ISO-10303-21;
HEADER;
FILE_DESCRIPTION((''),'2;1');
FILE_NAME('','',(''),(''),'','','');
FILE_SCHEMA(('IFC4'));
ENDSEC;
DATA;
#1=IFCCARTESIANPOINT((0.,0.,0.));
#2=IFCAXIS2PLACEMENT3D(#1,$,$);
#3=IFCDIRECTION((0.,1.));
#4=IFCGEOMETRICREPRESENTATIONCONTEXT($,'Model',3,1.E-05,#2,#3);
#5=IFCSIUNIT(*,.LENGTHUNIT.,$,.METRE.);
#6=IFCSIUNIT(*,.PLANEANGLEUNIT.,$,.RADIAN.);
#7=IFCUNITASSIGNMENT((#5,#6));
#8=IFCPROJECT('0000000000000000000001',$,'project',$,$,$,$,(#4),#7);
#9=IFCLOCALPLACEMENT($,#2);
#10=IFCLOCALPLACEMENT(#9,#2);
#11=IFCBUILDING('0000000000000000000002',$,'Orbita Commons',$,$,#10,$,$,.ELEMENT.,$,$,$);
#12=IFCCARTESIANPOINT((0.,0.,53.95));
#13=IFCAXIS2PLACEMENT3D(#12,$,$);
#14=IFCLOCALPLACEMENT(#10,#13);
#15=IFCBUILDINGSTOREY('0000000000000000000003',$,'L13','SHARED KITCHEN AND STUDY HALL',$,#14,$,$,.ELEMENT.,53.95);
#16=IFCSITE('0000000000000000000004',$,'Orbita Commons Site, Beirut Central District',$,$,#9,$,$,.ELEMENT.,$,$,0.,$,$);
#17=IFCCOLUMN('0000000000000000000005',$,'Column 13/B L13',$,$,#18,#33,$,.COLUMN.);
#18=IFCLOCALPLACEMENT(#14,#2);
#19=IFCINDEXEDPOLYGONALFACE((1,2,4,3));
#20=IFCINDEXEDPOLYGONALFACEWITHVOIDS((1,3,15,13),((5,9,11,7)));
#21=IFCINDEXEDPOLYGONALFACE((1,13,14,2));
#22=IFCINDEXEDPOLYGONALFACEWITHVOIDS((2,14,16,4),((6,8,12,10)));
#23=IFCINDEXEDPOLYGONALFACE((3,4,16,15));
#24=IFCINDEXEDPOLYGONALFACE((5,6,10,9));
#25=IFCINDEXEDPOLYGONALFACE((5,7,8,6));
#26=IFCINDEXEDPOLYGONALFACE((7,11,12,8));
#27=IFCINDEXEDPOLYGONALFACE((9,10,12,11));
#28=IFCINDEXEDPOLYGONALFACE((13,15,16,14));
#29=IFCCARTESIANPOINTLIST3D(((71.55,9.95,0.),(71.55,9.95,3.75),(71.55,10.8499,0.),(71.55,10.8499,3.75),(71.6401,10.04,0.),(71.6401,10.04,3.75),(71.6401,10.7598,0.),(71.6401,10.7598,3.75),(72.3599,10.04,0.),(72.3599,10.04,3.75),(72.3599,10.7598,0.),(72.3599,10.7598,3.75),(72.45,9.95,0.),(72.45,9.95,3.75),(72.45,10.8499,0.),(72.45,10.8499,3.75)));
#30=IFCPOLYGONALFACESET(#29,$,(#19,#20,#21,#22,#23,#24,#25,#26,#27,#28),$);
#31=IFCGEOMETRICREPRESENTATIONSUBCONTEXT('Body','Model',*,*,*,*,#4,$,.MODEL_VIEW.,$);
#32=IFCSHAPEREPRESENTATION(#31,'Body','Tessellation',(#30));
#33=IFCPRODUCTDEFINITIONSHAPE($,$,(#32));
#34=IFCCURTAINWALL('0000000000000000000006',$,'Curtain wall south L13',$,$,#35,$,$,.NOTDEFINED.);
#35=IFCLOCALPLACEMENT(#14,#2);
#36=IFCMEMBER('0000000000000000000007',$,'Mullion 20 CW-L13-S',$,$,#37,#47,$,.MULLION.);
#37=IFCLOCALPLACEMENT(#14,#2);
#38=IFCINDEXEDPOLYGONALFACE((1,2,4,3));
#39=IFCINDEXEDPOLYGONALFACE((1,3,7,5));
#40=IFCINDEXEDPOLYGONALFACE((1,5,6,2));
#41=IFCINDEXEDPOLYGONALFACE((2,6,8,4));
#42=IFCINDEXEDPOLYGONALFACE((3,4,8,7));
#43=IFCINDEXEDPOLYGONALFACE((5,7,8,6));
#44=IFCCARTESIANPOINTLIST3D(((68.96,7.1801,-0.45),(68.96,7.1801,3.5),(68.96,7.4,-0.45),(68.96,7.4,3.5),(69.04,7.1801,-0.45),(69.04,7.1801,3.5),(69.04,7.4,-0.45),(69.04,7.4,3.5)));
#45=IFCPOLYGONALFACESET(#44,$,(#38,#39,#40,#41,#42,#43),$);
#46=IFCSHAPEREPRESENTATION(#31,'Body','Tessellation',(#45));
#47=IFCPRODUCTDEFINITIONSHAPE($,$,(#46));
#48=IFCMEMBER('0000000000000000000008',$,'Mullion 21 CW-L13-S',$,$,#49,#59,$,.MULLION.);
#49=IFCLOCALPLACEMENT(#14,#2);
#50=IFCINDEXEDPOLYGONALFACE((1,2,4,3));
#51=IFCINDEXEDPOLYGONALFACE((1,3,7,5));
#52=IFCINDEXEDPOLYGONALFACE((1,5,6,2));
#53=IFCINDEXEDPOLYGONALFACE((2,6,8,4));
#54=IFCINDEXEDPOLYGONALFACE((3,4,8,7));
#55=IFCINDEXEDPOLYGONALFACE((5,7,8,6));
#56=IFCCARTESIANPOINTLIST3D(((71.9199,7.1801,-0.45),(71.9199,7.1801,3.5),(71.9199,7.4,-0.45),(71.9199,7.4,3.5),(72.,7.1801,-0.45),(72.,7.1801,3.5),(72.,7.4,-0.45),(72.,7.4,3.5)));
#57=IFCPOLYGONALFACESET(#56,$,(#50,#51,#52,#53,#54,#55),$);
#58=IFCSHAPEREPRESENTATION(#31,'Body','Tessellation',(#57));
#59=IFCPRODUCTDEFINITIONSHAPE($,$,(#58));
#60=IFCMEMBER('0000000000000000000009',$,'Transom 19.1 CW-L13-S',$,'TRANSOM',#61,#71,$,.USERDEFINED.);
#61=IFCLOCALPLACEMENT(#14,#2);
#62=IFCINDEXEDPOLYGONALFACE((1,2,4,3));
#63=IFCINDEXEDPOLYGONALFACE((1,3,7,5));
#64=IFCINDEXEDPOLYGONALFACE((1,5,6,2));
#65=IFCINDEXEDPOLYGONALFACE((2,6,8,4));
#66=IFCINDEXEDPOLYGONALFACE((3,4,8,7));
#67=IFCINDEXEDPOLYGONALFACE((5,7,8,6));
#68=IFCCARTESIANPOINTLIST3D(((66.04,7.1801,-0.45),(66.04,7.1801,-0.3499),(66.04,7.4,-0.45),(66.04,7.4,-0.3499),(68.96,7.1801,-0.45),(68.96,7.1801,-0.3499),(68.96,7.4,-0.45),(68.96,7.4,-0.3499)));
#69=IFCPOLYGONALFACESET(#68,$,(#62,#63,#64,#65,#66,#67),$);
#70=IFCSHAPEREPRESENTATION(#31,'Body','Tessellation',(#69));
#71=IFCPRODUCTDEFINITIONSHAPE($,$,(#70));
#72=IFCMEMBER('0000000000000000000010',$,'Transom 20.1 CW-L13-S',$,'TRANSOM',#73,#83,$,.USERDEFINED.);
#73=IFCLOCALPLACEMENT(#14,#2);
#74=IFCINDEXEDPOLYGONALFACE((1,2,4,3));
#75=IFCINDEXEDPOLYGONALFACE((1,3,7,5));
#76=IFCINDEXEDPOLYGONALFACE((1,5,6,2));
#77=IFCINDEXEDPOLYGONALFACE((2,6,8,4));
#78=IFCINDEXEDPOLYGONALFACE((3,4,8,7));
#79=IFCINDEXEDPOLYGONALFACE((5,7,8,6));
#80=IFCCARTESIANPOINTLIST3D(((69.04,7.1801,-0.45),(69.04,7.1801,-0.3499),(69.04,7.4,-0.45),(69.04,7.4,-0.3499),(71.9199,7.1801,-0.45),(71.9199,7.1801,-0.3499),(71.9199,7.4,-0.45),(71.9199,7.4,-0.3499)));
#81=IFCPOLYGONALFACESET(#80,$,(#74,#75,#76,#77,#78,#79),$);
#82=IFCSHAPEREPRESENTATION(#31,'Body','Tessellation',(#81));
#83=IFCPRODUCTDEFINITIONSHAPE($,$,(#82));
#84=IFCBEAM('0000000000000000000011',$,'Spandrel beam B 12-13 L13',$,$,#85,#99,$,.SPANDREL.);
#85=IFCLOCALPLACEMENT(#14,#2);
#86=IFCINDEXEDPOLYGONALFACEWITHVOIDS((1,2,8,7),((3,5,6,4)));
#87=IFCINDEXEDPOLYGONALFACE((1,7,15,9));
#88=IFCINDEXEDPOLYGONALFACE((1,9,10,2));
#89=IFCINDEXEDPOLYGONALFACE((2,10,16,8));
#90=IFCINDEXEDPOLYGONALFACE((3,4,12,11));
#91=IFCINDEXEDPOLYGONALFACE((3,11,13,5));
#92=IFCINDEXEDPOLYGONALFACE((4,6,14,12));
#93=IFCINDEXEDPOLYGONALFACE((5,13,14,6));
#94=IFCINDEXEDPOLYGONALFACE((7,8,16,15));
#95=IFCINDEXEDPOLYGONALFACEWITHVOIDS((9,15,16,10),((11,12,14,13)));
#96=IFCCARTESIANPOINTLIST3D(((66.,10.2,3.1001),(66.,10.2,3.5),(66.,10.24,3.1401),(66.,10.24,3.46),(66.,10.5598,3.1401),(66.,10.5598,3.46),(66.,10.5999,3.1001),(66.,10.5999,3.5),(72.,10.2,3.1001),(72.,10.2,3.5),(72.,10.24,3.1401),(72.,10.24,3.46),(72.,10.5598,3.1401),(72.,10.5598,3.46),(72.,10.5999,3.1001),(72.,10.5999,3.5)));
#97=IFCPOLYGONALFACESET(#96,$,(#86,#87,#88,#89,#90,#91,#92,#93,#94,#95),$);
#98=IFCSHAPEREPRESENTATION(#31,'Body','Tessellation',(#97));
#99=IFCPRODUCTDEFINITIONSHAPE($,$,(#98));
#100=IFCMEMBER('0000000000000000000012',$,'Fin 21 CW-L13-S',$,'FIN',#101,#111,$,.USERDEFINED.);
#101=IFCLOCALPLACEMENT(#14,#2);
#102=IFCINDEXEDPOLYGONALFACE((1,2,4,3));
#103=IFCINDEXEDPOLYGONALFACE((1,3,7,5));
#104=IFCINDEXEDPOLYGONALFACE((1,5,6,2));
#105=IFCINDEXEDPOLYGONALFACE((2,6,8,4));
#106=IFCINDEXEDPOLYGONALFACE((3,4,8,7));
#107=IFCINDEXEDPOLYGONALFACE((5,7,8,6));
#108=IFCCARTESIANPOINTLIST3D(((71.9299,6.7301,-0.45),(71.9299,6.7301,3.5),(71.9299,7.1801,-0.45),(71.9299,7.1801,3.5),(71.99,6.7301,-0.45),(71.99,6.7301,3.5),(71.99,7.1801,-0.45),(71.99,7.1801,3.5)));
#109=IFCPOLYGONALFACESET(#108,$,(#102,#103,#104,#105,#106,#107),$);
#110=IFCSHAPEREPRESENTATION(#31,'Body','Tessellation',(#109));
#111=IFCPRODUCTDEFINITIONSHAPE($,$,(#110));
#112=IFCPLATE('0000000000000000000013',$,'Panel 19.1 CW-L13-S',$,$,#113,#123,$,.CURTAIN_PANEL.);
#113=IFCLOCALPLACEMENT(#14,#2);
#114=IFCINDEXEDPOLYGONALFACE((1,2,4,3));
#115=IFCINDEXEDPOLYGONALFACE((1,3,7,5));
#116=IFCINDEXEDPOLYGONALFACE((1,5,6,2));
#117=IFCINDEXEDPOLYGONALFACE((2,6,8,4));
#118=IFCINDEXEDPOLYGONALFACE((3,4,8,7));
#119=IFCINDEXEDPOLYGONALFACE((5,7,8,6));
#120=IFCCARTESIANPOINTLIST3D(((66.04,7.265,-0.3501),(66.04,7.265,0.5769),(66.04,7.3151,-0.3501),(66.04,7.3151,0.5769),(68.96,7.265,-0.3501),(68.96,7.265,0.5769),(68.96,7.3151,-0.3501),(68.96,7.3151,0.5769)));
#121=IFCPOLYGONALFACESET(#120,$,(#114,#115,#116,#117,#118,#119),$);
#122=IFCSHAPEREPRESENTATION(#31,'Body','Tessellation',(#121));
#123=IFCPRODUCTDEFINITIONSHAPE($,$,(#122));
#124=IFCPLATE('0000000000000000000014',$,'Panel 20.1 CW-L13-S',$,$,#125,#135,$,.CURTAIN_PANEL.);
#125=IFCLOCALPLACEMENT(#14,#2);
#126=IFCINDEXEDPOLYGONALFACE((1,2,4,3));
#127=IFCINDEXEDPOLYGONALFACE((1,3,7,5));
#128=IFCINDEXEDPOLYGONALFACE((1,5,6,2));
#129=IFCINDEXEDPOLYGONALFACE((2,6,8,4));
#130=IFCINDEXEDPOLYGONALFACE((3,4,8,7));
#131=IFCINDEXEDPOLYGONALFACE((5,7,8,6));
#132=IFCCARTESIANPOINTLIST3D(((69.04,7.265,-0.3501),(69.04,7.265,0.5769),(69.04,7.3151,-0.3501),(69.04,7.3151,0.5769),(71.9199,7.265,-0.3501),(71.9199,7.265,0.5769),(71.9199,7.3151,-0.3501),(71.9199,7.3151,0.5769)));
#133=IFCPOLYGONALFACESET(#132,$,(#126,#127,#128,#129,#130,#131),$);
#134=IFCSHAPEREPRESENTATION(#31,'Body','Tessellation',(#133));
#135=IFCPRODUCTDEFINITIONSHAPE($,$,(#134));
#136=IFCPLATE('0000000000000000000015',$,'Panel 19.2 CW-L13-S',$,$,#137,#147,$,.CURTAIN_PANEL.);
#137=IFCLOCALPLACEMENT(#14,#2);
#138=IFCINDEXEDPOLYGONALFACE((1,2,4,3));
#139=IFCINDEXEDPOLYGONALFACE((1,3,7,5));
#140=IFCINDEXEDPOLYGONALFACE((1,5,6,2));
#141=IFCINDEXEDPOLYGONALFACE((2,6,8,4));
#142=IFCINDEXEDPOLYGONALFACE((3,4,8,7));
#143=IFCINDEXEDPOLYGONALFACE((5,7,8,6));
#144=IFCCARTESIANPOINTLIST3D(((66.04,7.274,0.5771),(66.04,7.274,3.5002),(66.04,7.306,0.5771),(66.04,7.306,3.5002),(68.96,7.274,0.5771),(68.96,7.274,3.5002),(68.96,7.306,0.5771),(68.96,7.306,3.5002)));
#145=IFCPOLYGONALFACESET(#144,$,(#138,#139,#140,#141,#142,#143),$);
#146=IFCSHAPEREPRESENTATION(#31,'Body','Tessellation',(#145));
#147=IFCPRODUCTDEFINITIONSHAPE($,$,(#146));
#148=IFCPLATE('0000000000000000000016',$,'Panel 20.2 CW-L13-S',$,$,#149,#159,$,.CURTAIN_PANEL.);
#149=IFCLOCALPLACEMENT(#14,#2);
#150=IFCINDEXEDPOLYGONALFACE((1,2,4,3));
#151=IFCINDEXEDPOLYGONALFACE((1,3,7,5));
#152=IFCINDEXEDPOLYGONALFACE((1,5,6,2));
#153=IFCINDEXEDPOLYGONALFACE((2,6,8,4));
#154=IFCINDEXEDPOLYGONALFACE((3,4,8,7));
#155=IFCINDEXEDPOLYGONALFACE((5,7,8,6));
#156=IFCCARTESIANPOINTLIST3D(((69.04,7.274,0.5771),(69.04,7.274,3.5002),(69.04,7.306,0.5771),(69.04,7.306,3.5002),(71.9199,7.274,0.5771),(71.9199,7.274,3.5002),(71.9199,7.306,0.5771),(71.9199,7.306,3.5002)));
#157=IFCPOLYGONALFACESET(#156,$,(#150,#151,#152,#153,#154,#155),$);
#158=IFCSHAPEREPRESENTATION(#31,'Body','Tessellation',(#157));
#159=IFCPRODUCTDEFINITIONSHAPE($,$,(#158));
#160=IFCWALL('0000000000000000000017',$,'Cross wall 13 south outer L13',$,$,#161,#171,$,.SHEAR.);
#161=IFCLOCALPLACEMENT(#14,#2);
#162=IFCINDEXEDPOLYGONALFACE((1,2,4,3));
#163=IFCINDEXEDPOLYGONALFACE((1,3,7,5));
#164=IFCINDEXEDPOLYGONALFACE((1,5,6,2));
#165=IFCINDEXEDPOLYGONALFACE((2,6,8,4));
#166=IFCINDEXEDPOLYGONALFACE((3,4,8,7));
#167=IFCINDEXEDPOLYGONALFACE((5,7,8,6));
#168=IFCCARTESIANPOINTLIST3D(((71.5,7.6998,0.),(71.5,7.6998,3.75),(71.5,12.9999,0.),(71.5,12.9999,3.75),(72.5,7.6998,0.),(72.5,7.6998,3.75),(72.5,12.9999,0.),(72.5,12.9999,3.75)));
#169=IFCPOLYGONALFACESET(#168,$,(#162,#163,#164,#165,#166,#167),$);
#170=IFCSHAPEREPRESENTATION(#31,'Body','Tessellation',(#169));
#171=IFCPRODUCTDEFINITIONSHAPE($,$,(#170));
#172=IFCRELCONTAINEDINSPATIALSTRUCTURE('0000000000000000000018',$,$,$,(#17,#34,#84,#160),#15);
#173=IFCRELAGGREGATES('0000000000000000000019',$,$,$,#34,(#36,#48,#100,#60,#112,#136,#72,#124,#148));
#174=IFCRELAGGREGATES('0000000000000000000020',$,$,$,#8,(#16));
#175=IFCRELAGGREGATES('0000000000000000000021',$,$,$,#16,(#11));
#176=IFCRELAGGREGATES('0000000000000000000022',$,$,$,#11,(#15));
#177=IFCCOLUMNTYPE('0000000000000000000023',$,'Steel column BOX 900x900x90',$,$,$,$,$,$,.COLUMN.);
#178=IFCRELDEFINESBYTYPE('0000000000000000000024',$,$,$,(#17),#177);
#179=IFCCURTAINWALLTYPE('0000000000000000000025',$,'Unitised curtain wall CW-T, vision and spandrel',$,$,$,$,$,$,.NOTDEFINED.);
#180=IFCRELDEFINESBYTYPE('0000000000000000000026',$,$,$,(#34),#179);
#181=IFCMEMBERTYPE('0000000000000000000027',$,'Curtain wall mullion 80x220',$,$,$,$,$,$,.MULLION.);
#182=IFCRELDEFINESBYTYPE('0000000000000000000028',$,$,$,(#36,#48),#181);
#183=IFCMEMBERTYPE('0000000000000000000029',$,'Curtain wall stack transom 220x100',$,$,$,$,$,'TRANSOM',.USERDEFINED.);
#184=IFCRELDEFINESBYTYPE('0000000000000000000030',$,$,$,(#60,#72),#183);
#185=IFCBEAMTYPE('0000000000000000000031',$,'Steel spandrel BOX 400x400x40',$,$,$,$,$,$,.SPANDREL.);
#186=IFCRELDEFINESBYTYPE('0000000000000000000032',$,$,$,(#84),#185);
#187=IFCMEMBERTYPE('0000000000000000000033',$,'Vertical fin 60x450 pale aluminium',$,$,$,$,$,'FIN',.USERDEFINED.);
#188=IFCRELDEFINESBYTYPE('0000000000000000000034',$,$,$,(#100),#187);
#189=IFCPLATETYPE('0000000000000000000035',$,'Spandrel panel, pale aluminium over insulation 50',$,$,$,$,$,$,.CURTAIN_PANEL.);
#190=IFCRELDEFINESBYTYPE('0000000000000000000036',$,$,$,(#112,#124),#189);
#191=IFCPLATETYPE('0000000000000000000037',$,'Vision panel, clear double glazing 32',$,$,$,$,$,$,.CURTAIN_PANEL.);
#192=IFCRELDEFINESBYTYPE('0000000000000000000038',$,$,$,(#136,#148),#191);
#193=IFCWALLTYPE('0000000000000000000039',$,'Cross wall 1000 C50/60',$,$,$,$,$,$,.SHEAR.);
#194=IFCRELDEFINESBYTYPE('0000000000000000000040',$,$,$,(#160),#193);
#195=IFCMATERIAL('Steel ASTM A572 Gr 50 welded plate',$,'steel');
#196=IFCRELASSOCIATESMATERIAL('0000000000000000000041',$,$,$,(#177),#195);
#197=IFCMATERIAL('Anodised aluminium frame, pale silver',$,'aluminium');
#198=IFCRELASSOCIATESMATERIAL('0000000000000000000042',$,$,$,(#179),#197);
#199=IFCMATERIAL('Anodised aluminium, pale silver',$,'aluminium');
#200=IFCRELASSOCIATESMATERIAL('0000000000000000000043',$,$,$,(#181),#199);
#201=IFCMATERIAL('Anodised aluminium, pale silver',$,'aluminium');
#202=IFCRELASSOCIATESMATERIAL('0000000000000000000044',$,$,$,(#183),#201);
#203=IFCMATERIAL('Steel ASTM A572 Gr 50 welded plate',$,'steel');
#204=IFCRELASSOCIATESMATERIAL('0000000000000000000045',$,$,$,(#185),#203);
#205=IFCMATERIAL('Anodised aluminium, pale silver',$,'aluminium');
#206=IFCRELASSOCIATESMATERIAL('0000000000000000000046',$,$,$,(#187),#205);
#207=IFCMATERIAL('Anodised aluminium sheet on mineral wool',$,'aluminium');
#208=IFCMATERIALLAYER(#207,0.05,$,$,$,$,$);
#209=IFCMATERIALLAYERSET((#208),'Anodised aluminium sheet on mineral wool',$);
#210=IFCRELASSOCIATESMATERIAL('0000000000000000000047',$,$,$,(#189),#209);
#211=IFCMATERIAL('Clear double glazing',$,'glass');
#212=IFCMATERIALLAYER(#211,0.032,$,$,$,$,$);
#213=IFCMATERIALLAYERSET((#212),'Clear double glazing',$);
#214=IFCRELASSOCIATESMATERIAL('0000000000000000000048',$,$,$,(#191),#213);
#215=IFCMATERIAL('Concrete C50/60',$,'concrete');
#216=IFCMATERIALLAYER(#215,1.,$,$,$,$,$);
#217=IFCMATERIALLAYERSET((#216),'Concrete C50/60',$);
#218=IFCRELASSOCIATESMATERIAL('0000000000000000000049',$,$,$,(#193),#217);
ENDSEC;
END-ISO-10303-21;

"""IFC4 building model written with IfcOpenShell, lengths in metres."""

from ifc_helpers import new_model, si_unit, direction, frame, frame_2d, origin, origin_2d, place, context, subcontext, project, spatial, rectangle, hollow_rectangle, extrude, material, layer, layer_set, material_profile, profile_set, type_object, element, aggregate, save


model = new_model("IFC4")

# Units and contexts
model_context = context("Model", 3, precision=1e-05, world=origin(), true_north=direction((0.0, 1.0)))
body_context = subcontext(model_context, "Body", "Model", "MODEL_VIEW")
ifc_project = project(units=[si_unit("LENGTHUNIT", "METRE"), si_unit("PLANEANGLEUNIT", "RADIAN")], contexts=[model_context])

# Site, building, storey
site_placement = place(None, origin())
site = spatial("IfcSite", under=ifc_project, at=site_placement, Name="Orbita Commons Site, Beirut Central District", CompositionType="ELEMENT", RefElevation=0.0)
building_placement = place(site_placement, origin())
building = spatial("IfcBuilding", under=site, at=building_placement, Name="Orbita Commons", CompositionType="ELEMENT")
storey_placement = place(building_placement, frame((0.0, 0.0, 53.95)))
storey = spatial("IfcBuildingStorey", under=building, at=storey_placement, Name="L13", Description="SHARED KITCHEN AND STUDY HALL", CompositionType="ELEMENT", Elevation=53.95)

# Column
ifc_material_1 = material(Name="Steel ASTM A572 Gr 50 welded plate", Category="steel")
ifc_material_profile_1 = material_profile(ifc_material_1, hollow_rectangle(XDim=0.8999, YDim=0.8999, WallThickness=0.0901, at=origin_2d()), Name="BOX 900x900x90")
ifc_profile_set_1 = profile_set([ifc_material_profile_1], Name="Steel ASTM A572 Gr 50 welded plate")
column_type = type_object("IfcColumnType", Name="Steel column BOX 900x900x90", PredefinedType="COLUMN", material=ifc_profile_set_1)
column_placement = place(storey_placement, frame((72.0, 10.3999, 0.0), z_axis=(0.0, 0.0, 1.0), x_axis=(1.0, 0.0, 0.0)))
element("IfcColumn", 1, at=column_placement, inside=storey, type_object=column_type, Name="Column 13/B L13", PredefinedType="COLUMN", context=body_context, shape_type="SweptSolid", body=[
    extrude(hollow_rectangle(XDim=0.8999, YDim=0.8999, WallThickness=0.0901, at=origin_2d()), origin(), (0.0, 0.0, 1.0), 3.75),
])

# Curtain wall, members
ifc_material_2 = material(Name="Anodised aluminium frame, pale silver", Category="aluminium")
curtain_wall_type = type_object("IfcCurtainWallType", Name="Unitised curtain wall CW-T, vision and spandrel", PredefinedType="NOTDEFINED", material=ifc_material_2)
curtain_wall_placement = place(storey_placement, origin())
curtain_wall = element("IfcCurtainWall", 2, at=curtain_wall_placement, inside=storey, type_object=curtain_wall_type, Name="Curtain wall south L13", PredefinedType="NOTDEFINED")
ifc_material_3 = material(Name="Anodised aluminium, pale silver", Category="aluminium")
ifc_material_profile_2 = material_profile(ifc_material_3, rectangle(XDim=0.0801, YDim=0.22, at=origin_2d()), Name="AL 80x220")
ifc_profile_set_2 = profile_set([ifc_material_profile_2], Name="Anodised aluminium, pale silver")
member_type_1 = type_object("IfcMemberType", Name="Curtain wall mullion 80x220", PredefinedType="MULLION", material=ifc_profile_set_2)
member_1_placement = place(storey_placement, frame((69.0, 7.29, -0.45), z_axis=(0.0, 0.0, 1.0), x_axis=(1.0, 0.0, 0.0)))
member_1 = element("IfcMember", 3, at=member_1_placement, type_object=member_type_1, Name="Mullion 20 CW-L13-S", PredefinedType="MULLION", context=body_context, shape_type="SweptSolid", body=[
    extrude(rectangle(XDim=0.0801, YDim=0.22, at=origin_2d()), origin(), (0.0, 0.0, 1.0), 3.95),
])
member_2_placement = place(storey_placement, frame((71.96, 7.29, -0.45), z_axis=(0.0, 0.0, 1.0), x_axis=(1.0, 0.0, 0.0)))
member_2 = element("IfcMember", 4, at=member_2_placement, type_object=member_type_1, Name="Mullion 21 CW-L13-S", PredefinedType="MULLION", context=body_context, shape_type="SweptSolid", body=[
    extrude(rectangle(XDim=0.0801, YDim=0.22, at=origin_2d()), origin(), (0.0, 0.0, 1.0), 3.95),
])
ifc_material_4 = material(Name="Anodised aluminium, pale silver", Category="aluminium")
ifc_material_profile_3 = material_profile(ifc_material_4, rectangle(XDim=0.22, YDim=0.1001, at=origin_2d()), Name="AL 220x100")
ifc_profile_set_3 = profile_set([ifc_material_profile_3], Name="Anodised aluminium, pale silver")
member_type_2 = type_object("IfcMemberType", Name="Curtain wall stack transom 220x100", ElementType="TRANSOM", PredefinedType="USERDEFINED", material=ifc_profile_set_3)
member_3_placement = place(storey_placement, frame((66.04, 7.29, -0.3999), z_axis=(1.0, 0.0, 0.0), x_axis=(0.0, 1.0, 0.0)))
member_3 = element("IfcMember", 5, at=member_3_placement, type_object=member_type_2, Name="Transom 19.1 CW-L13-S", ObjectType="TRANSOM", PredefinedType="USERDEFINED", context=body_context, shape_type="SweptSolid", body=[
    extrude(rectangle(XDim=0.22, YDim=0.1001, at=origin_2d()), origin(), (0.0, 0.0, 1.0), 2.9199),
])
member_4_placement = place(storey_placement, frame((69.04, 7.29, -0.3999), z_axis=(1.0, 0.0, 0.0), x_axis=(0.0, 1.0, 0.0)))
member_4 = element("IfcMember", 6, at=member_4_placement, type_object=member_type_2, Name="Transom 20.1 CW-L13-S", ObjectType="TRANSOM", PredefinedType="USERDEFINED", context=body_context, shape_type="SweptSolid", body=[
    extrude(rectangle(XDim=0.22, YDim=0.1001, at=origin_2d()), origin(), (0.0, 0.0, 1.0), 2.8799),
])

# Beam
ifc_material_5 = material(Name="Steel ASTM A572 Gr 50 welded plate", Category="steel")
ifc_material_profile_4 = material_profile(ifc_material_5, hollow_rectangle(XDim=0.3999, YDim=0.3999, WallThickness=0.04, at=origin_2d()), Name="BOX 400x400x40")
ifc_profile_set_4 = profile_set([ifc_material_profile_4], Name="Steel ASTM A572 Gr 50 welded plate")
beam_type = type_object("IfcBeamType", Name="Steel spandrel BOX 400x400x40", PredefinedType="SPANDREL", material=ifc_profile_set_4)
beam_placement = place(storey_placement, frame((66.0, 10.3999, 3.3), z_axis=(1.0, 0.0, 0.0), x_axis=(0.0, 1.0, 0.0)))
element("IfcBeam", 7, at=beam_placement, inside=storey, type_object=beam_type, Name="Spandrel beam B 12-13 L13", PredefinedType="SPANDREL", context=body_context, shape_type="SweptSolid", body=[
    extrude(hollow_rectangle(XDim=0.3999, YDim=0.3999, WallThickness=0.04, at=origin_2d()), origin(), (0.0, 0.0, 1.0), 6.0),
])

# Member
ifc_material_6 = material(Name="Anodised aluminium, pale silver", Category="aluminium")
ifc_material_profile_5 = material_profile(ifc_material_6, rectangle(XDim=0.0601, YDim=0.45, at=origin_2d()), Name="FIN 60x450")
ifc_profile_set_5 = profile_set([ifc_material_profile_5], Name="Anodised aluminium, pale silver")
member_type_3 = type_object("IfcMemberType", Name="Vertical fin 60x450 pale aluminium", ElementType="FIN", PredefinedType="USERDEFINED", material=ifc_profile_set_5)
member_5_placement = place(storey_placement, frame((71.96, 6.9551, -0.45), z_axis=(0.0, 0.0, 1.0), x_axis=(1.0, 0.0, 0.0)))
member_5 = element("IfcMember", 8, at=member_5_placement, type_object=member_type_3, Name="Fin 21 CW-L13-S", ObjectType="FIN", PredefinedType="USERDEFINED", context=body_context, shape_type="SweptSolid", body=[
    extrude(rectangle(XDim=0.0601, YDim=0.45, at=origin_2d()), origin(), (0.0, 0.0, 1.0), 3.95),
])

# Plates
ifc_material_7 = material(Name="Anodised aluminium sheet on mineral wool", Category="aluminium")
ifc_layer_1 = layer(ifc_material_7, 0.05)
ifc_layer_set_1 = layer_set([ifc_layer_1], Name="Anodised aluminium sheet on mineral wool")
plate_type_1 = type_object("IfcPlateType", Name="Spandrel panel, pale aluminium over insulation 50", PredefinedType="CURTAIN_PANEL", material=ifc_layer_set_1)
plate_1_placement = place(storey_placement, frame((67.5, 7.29, -0.3501), z_axis=(0.0, 0.0, 1.0), x_axis=(1.0, 0.0, 0.0)))
plate_1 = element("IfcPlate", 9, at=plate_1_placement, type_object=plate_type_1, Name="Panel 19.1 CW-L13-S", PredefinedType="CURTAIN_PANEL", context=body_context, shape_type="SweptSolid", body=[
    extrude(rectangle(XDim=2.9199, YDim=0.05, at=origin_2d()), origin(), (0.0, 0.0, 1.0), 0.927),
])
plate_2_placement = place(storey_placement, frame((70.48, 7.29, -0.3501), z_axis=(0.0, 0.0, 1.0), x_axis=(1.0, 0.0, 0.0)))
plate_2 = element("IfcPlate", 10, at=plate_2_placement, type_object=plate_type_1, Name="Panel 20.1 CW-L13-S", PredefinedType="CURTAIN_PANEL", context=body_context, shape_type="SweptSolid", body=[
    extrude(rectangle(XDim=2.8799, YDim=0.05, at=origin_2d()), origin(), (0.0, 0.0, 1.0), 0.927),
])
ifc_material_8 = material(Name="Clear double glazing", Category="glass")
ifc_layer_2 = layer(ifc_material_8, 0.032)
ifc_layer_set_2 = layer_set([ifc_layer_2], Name="Clear double glazing")
plate_type_2 = type_object("IfcPlateType", Name="Vision panel, clear double glazing 32", PredefinedType="CURTAIN_PANEL", material=ifc_layer_set_2)
plate_3_placement = place(storey_placement, frame((67.5, 7.29, 0.5771), z_axis=(0.0, 0.0, 1.0), x_axis=(1.0, 0.0, 0.0)))
plate_3 = element("IfcPlate", 11, at=plate_3_placement, type_object=plate_type_2, Name="Panel 19.2 CW-L13-S", PredefinedType="CURTAIN_PANEL", context=body_context, shape_type="SweptSolid", body=[
    extrude(rectangle(XDim=2.9199, YDim=0.032, at=origin_2d()), origin(), (0.0, 0.0, 1.0), 2.9231),
])
plate_4_placement = place(storey_placement, frame((70.48, 7.29, 0.5771), z_axis=(0.0, 0.0, 1.0), x_axis=(1.0, 0.0, 0.0)))
plate_4 = element("IfcPlate", 12, at=plate_4_placement, type_object=plate_type_2, Name="Panel 20.2 CW-L13-S", PredefinedType="CURTAIN_PANEL", context=body_context, shape_type="SweptSolid", body=[
    extrude(rectangle(XDim=2.8799, YDim=0.032, at=origin_2d()), origin(), (0.0, 0.0, 1.0), 2.9231),
])
aggregate(curtain_wall, [member_1, member_2, member_5, member_3, plate_1, plate_3, member_4, plate_2, plate_4])

# Wall
ifc_material_9 = material(Name="Concrete C50/60", Category="concrete")
ifc_layer_3 = layer(ifc_material_9, 1.0)
ifc_layer_set_3 = layer_set([ifc_layer_3], Name="Concrete C50/60")
wall_type_1 = type_object("IfcWallType", Name="Cross wall 1000 C50/60", PredefinedType="SHEAR", material=ifc_layer_set_3)
wall_1_placement = place(storey_placement, frame((72.0, 7.7, 0.0), z_axis=(0.0, 0.0, 1.0), x_axis=(0.0, 1.0, 0.0)))
element("IfcWall", 13, at=wall_1_placement, inside=storey, type_object=wall_type_1, Name="Cross wall 13 south outer L13", PredefinedType="SHEAR", context=body_context, shape_type="SweptSolid", body=[
    extrude(rectangle(XDim=5.3, YDim=1.0, at=frame_2d((2.6499, 0.0))), origin(), (0.0, 0.0, 1.0), 3.75),
])

save(model, "model.ifc")
